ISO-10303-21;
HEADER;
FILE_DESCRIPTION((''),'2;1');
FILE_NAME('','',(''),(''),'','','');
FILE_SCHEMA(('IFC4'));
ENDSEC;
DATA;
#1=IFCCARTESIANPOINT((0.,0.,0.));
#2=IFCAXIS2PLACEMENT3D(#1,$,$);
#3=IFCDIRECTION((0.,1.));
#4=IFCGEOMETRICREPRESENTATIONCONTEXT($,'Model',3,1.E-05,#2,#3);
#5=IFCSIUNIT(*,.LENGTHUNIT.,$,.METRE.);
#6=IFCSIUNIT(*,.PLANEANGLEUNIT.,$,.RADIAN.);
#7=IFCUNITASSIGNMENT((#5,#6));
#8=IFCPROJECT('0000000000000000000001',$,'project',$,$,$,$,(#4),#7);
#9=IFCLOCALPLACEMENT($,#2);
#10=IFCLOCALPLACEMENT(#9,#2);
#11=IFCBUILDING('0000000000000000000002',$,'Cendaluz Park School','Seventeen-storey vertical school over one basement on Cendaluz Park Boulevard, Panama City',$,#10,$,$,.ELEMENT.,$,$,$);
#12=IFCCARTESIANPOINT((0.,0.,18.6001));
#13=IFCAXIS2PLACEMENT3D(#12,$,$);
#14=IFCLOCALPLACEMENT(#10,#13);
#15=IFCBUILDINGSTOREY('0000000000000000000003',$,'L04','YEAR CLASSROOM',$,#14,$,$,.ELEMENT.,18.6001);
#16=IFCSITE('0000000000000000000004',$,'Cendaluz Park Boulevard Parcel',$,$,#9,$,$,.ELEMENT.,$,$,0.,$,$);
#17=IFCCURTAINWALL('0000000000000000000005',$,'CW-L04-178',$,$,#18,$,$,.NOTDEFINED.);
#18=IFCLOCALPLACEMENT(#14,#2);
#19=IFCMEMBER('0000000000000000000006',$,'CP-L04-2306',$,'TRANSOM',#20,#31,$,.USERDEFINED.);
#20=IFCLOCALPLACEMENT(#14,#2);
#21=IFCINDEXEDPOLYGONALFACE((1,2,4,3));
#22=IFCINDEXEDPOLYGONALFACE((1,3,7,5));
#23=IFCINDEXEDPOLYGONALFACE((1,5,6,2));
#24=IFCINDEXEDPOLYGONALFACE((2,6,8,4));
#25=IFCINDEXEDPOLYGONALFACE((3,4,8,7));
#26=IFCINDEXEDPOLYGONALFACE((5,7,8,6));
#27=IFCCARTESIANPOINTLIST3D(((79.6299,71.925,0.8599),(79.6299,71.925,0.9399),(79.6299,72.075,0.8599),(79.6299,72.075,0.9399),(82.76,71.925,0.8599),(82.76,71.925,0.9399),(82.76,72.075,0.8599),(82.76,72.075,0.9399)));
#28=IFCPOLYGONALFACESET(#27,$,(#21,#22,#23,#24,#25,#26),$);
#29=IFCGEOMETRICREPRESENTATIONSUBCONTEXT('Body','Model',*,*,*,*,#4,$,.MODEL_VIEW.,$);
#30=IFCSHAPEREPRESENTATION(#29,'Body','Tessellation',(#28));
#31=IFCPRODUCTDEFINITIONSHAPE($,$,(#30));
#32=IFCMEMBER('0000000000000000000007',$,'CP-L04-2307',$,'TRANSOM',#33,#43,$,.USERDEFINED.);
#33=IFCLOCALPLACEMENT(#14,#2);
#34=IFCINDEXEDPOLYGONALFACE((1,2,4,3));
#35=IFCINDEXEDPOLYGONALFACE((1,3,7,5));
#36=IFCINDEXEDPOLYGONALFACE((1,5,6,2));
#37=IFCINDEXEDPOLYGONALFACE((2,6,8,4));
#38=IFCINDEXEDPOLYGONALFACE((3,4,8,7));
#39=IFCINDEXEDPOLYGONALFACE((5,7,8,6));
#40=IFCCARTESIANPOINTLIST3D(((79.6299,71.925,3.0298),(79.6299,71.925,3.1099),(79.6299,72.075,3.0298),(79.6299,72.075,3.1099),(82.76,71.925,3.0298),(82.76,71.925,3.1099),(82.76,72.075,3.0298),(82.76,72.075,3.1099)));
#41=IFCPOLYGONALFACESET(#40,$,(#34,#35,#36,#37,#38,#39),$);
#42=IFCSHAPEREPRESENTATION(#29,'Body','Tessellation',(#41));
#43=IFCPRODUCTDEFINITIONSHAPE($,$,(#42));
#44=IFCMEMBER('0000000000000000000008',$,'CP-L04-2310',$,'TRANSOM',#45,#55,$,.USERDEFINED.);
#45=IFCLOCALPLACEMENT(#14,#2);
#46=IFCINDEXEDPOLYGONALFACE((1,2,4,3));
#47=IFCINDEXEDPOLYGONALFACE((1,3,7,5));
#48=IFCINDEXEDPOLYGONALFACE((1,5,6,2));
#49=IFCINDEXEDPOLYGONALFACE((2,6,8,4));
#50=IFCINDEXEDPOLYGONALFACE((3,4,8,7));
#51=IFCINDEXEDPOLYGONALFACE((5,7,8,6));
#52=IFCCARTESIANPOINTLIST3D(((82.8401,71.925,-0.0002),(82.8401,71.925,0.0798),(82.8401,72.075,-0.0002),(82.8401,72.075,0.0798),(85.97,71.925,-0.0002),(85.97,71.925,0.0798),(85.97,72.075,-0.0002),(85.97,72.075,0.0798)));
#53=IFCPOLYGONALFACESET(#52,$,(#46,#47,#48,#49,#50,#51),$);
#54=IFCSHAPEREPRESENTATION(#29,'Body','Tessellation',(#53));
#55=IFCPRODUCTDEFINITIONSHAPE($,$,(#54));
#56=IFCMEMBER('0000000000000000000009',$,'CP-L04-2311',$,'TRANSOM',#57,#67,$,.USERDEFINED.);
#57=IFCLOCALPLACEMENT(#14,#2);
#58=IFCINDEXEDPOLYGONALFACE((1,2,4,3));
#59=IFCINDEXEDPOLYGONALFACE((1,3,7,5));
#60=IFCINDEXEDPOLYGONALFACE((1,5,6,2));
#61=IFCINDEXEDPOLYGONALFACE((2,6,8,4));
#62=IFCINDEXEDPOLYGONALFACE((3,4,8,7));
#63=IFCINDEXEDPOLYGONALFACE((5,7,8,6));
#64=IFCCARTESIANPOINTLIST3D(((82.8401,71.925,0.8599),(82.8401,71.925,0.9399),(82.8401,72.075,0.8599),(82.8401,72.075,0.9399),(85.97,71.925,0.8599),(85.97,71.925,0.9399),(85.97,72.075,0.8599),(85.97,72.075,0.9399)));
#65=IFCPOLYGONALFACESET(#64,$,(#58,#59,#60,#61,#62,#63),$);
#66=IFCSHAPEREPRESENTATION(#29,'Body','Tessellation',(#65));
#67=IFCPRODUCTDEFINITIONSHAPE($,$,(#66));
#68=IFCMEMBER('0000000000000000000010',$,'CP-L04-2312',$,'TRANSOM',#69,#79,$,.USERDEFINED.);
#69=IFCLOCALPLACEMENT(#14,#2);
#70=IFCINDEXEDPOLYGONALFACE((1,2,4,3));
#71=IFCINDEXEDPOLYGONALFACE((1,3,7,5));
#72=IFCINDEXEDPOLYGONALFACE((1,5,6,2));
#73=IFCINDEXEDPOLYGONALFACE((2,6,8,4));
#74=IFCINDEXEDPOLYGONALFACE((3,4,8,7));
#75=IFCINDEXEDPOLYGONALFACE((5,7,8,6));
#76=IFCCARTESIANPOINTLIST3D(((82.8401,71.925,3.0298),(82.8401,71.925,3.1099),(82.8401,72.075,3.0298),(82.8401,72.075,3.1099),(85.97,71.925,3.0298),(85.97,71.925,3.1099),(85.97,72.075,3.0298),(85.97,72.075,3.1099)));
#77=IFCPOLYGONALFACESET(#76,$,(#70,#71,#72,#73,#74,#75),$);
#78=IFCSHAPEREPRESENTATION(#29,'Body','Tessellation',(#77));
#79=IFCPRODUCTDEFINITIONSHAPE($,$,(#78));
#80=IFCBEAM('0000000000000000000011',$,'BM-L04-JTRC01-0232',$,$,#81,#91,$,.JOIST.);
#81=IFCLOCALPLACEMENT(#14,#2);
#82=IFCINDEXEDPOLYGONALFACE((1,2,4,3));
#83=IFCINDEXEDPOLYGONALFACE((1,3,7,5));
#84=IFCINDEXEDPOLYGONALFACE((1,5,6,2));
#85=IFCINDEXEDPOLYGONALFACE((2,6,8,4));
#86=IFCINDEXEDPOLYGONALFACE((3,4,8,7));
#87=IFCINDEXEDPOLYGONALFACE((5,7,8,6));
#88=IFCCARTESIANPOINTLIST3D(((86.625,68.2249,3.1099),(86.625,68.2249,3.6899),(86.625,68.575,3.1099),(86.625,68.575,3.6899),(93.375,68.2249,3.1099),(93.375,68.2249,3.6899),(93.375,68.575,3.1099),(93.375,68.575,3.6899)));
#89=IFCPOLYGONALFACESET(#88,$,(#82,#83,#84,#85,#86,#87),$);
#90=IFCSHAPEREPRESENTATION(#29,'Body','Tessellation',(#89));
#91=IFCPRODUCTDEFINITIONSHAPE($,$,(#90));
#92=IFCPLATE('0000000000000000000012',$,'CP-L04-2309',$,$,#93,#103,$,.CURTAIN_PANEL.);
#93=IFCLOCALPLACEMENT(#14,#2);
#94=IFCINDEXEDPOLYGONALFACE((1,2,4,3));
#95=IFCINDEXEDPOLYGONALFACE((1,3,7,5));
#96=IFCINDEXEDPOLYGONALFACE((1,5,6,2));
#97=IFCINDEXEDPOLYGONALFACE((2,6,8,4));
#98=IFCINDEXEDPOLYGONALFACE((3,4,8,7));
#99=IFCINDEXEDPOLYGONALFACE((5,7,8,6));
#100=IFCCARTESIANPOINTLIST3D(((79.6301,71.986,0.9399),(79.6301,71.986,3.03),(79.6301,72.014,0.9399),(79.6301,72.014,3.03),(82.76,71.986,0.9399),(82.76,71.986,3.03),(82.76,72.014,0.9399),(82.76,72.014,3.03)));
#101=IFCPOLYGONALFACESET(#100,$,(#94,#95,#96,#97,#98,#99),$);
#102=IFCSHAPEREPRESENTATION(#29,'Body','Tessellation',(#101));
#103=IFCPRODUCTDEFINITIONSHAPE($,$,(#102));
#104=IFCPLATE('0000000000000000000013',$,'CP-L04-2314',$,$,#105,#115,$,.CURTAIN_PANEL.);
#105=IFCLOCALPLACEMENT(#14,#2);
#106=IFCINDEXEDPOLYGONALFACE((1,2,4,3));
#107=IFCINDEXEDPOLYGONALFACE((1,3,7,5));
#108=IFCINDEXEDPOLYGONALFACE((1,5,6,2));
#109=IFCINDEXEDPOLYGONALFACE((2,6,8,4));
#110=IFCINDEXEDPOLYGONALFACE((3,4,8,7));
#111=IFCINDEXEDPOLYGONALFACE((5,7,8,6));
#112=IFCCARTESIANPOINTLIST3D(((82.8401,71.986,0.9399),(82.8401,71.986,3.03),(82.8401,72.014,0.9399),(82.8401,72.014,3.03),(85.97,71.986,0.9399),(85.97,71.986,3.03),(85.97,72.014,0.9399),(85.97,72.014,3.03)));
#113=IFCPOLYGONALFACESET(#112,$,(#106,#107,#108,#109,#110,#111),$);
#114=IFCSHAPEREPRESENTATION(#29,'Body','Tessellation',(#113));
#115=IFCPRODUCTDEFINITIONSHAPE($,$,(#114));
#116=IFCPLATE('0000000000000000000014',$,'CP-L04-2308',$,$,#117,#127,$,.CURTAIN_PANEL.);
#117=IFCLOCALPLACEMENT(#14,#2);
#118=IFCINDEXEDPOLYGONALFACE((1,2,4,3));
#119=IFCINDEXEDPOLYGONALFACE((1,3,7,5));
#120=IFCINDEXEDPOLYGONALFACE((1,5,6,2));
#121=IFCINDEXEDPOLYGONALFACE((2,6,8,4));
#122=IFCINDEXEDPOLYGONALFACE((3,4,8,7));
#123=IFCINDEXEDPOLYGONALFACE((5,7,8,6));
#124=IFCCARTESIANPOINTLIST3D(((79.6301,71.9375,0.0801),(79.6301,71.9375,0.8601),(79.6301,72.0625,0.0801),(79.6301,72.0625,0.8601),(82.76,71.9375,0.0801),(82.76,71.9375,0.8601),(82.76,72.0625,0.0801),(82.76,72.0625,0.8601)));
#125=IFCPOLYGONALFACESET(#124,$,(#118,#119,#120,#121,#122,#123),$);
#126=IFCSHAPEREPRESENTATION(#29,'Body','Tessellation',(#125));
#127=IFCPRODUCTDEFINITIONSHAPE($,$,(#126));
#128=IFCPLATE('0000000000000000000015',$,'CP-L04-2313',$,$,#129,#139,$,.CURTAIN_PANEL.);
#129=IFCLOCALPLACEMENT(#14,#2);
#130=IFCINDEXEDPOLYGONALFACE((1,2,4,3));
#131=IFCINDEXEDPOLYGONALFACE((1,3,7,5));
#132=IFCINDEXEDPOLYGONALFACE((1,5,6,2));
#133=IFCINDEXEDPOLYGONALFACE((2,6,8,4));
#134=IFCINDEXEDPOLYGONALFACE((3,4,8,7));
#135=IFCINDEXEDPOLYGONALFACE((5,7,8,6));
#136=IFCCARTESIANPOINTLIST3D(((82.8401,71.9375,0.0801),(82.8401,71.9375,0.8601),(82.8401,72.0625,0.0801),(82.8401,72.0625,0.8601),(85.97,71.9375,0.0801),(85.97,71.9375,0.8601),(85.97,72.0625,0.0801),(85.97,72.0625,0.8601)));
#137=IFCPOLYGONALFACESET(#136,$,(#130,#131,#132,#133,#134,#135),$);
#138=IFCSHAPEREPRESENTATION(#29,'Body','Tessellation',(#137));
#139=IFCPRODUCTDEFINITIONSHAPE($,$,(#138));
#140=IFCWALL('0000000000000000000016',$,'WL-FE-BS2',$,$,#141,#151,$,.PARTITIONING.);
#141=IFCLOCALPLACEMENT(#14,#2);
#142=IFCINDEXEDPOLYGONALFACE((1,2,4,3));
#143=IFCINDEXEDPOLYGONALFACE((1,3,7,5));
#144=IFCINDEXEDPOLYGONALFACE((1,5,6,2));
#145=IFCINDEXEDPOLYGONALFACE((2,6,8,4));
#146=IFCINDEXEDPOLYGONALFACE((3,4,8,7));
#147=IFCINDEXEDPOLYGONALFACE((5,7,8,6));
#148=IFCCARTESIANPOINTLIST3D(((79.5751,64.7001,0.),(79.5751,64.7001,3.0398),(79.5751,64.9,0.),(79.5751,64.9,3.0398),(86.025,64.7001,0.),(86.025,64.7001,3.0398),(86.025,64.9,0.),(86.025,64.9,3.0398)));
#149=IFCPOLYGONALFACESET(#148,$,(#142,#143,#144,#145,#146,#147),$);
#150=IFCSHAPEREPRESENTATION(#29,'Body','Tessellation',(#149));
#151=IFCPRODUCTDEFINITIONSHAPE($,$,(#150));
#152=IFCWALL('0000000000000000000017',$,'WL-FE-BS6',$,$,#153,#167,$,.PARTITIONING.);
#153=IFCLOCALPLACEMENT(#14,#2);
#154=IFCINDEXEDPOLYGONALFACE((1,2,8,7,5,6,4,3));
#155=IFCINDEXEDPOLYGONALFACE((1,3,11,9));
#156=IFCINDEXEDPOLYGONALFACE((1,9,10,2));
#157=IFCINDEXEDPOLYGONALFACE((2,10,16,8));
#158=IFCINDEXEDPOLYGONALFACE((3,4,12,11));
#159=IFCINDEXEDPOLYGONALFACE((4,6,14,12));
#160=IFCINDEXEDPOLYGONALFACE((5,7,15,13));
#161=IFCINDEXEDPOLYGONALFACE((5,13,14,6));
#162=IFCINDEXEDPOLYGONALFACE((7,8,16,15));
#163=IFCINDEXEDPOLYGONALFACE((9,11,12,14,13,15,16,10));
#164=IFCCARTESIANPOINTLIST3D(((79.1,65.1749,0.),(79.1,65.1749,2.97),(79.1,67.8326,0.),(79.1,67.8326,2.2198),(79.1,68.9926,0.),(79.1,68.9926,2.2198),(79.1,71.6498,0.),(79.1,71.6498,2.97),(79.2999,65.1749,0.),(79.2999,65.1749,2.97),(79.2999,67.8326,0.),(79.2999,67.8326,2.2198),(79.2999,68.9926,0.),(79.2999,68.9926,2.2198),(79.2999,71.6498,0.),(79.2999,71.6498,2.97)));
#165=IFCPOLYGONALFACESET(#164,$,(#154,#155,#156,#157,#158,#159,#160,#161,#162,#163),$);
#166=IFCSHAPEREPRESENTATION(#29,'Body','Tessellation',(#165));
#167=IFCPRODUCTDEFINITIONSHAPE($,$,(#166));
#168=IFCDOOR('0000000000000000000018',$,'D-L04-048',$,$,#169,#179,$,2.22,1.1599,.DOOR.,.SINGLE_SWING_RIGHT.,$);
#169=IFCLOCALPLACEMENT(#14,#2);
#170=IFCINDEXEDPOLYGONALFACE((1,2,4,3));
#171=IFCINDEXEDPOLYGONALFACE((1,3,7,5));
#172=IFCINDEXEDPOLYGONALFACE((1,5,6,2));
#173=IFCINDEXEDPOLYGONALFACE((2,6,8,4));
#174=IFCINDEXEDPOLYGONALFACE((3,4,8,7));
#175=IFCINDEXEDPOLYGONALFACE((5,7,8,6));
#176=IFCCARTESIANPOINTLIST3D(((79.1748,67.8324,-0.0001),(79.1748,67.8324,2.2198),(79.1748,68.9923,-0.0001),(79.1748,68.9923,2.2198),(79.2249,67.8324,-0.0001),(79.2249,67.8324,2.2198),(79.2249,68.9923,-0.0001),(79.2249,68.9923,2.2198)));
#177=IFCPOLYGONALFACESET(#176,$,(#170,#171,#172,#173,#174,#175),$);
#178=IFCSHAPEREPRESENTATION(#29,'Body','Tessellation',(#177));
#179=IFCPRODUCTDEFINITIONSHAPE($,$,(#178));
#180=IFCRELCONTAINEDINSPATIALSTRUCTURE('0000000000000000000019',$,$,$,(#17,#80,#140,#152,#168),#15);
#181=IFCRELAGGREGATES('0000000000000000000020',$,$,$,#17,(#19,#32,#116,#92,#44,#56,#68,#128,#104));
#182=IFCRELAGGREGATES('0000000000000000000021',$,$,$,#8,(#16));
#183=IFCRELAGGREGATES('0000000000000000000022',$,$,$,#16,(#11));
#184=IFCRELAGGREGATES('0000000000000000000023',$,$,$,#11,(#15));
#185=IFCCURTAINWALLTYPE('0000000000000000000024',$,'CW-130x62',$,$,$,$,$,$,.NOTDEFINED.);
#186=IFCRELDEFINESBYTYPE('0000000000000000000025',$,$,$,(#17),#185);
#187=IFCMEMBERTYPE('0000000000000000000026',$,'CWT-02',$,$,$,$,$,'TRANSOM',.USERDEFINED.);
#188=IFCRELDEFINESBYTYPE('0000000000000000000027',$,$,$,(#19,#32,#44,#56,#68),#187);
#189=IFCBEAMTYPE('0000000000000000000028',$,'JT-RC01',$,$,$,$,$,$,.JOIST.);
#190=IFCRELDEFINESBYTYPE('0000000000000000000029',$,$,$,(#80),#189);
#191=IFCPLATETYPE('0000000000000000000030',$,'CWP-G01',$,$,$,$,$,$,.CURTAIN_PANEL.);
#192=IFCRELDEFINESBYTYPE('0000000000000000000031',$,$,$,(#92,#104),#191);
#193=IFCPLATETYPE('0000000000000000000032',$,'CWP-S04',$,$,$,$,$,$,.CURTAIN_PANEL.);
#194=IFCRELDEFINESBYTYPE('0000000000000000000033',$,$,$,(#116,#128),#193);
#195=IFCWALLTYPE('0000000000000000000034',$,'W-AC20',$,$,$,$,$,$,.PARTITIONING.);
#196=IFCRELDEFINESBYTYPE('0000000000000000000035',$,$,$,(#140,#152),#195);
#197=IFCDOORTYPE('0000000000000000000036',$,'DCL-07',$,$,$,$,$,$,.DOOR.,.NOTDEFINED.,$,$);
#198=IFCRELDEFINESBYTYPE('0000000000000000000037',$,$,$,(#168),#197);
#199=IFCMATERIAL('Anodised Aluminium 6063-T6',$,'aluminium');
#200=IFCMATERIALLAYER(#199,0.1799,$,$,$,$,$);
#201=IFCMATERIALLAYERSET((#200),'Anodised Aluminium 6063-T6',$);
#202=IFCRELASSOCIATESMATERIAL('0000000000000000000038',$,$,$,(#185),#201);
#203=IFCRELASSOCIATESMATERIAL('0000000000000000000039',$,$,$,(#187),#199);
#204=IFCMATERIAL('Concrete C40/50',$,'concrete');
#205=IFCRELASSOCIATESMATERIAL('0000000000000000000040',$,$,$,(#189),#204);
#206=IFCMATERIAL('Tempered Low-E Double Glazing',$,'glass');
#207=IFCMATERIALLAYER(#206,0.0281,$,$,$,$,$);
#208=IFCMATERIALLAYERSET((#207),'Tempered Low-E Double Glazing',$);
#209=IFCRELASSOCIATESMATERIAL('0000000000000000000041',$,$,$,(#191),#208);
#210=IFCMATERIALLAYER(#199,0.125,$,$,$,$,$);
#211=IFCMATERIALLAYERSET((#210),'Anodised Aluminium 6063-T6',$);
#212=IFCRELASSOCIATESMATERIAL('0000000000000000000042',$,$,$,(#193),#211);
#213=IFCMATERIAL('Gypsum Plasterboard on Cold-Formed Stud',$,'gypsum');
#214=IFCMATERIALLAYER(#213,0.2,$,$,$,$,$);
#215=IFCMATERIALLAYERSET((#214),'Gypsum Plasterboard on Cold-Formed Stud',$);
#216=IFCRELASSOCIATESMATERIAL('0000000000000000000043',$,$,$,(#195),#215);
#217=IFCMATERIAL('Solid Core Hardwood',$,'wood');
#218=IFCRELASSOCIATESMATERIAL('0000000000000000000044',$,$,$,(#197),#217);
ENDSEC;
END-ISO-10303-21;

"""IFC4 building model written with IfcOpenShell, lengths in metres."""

from ifc_helpers import new_model, si_unit, direction, frame, frame_2d, origin, origin_2d, place, context, subcontext, project, spatial, rectangle, extrude, material, layer, layer_set, material_profile, profile_set, type_object, element, fill, aggregate, save


model = new_model("IFC4")

# Units and contexts
model_context = context("Model", 3, precision=1e-05, world=origin(), true_north=direction((0.0, 1.0)))
body_context = subcontext(model_context, "Body", "Model", "MODEL_VIEW")
ifc_project = project(units=[si_unit("LENGTHUNIT", "METRE"), si_unit("PLANEANGLEUNIT", "RADIAN")], contexts=[model_context])

# Site, building, storey
site_placement = place(None, origin())
site = spatial("IfcSite", under=ifc_project, at=site_placement, Name="Cendaluz Park Boulevard Parcel", CompositionType="ELEMENT", RefElevation=0.0)
building_placement = place(site_placement, origin())
building = spatial("IfcBuilding", under=site, at=building_placement, Name="Cendaluz Park School", Description="Seventeen-storey vertical school over one basement on Cendaluz Park Boulevard, Panama City", CompositionType="ELEMENT")
storey_placement = place(building_placement, frame((0.0, 0.0, 18.6001)))
storey = spatial("IfcBuildingStorey", under=building, at=storey_placement, Name="L04", Description="YEAR CLASSROOM", CompositionType="ELEMENT", Elevation=18.6001)

# Shared definitions
ifc_material_1 = material(Name="Concrete C40/50", Category="concrete")

# Curtain wall, members
ifc_material_2 = material(Name="Anodised Aluminium 6063-T6", Category="aluminium")
ifc_layer_1 = layer(ifc_material_2, 0.1799)
ifc_layer_set_1 = layer_set([ifc_layer_1], Name="Anodised Aluminium 6063-T6")
curtain_wall_type = type_object("IfcCurtainWallType", Name="CW-130x62", PredefinedType="NOTDEFINED", material=ifc_layer_set_1)
curtain_wall_placement = place(storey_placement, origin())
curtain_wall = element("IfcCurtainWall", 1, at=curtain_wall_placement, inside=storey, type_object=curtain_wall_type, Name="CW-L04-178", PredefinedType="NOTDEFINED")
ifc_material_profile_1 = material_profile(ifc_material_2, rectangle(XDim=0.1499, YDim=0.0801, at=origin_2d()), Name="CWT 150x80", Category="aluminium")
ifc_profile_set_1 = profile_set([ifc_material_profile_1], Name="Anodised Aluminium 6063-T6")
member_type_1 = type_object("IfcMemberType", Name="CWT-02", ElementType="TRANSOM", PredefinedType="USERDEFINED", material=ifc_profile_set_1)
member_1_placement = place(storey_placement, frame((79.6299, 72.0, 0.8999), z_axis=(1.0, 0.0, 0.0), x_axis=(0.0, 1.0, 0.0)))
member_1 = element("IfcMember", 2, at=member_1_placement, type_object=member_type_1, Name="CP-L04-2306", ObjectType="TRANSOM", PredefinedType="USERDEFINED", context=body_context, shape_type="SweptSolid", body=[
    extrude(rectangle(XDim=0.1499, YDim=0.0801, at=origin_2d()), origin(), (0.0, 0.0, 1.0), 3.1301),
])
member_2_placement = place(storey_placement, frame((79.6299, 72.0, 3.0698), z_axis=(1.0, 0.0, 0.0), x_axis=(0.0, 1.0, 0.0)))
member_2 = element("IfcMember", 3, at=member_2_placement, type_object=member_type_1, Name="CP-L04-2307", ObjectType="TRANSOM", PredefinedType="USERDEFINED", context=body_context, shape_type="SweptSolid", body=[
    extrude(rectangle(XDim=0.1499, YDim=0.0801, at=origin_2d()), origin(), (0.0, 0.0, 1.0), 3.1301),
])
member_3_placement = place(storey_placement, frame((82.8401, 72.0, 0.0398), z_axis=(1.0, 0.0, 0.0), x_axis=(0.0, 1.0, 0.0)))
member_3 = element("IfcMember", 4, at=member_3_placement, type_object=member_type_1, Name="CP-L04-2310", ObjectType="TRANSOM", PredefinedType="USERDEFINED", context=body_context, shape_type="SweptSolid", body=[
    extrude(rectangle(XDim=0.1499, YDim=0.0801, at=origin_2d()), origin(), (0.0, 0.0, 1.0), 3.1299),
])
member_4_placement = place(storey_placement, frame((82.8401, 72.0, 0.8999), z_axis=(1.0, 0.0, 0.0), x_axis=(0.0, 1.0, 0.0)))
member_4 = element("IfcMember", 5, at=member_4_placement, type_object=member_type_1, Name="CP-L04-2311", ObjectType="TRANSOM", PredefinedType="USERDEFINED", context=body_context, shape_type="SweptSolid", body=[
    extrude(rectangle(XDim=0.1499, YDim=0.0801, at=origin_2d()), origin(), (0.0, 0.0, 1.0), 3.1299),
])
member_5_placement = place(storey_placement, frame((82.8401, 72.0, 3.0698), z_axis=(1.0, 0.0, 0.0), x_axis=(0.0, 1.0, 0.0)))
member_5 = element("IfcMember", 6, at=member_5_placement, type_object=member_type_1, Name="CP-L04-2312", ObjectType="TRANSOM", PredefinedType="USERDEFINED", context=body_context, shape_type="SweptSolid", body=[
    extrude(rectangle(XDim=0.1499, YDim=0.0801, at=origin_2d()), origin(), (0.0, 0.0, 1.0), 3.1299),
])

# Beam
ifc_material_profile_2 = material_profile(ifc_material_1, rectangle(XDim=0.3501, YDim=0.5801, at=origin_2d()), Name="RC 350x580", Category="concrete")
ifc_profile_set_2 = profile_set([ifc_material_profile_2], Name="Concrete C40/50")
beam_type_1 = type_object("IfcBeamType", Name="JT-RC01", PredefinedType="JOIST", material=ifc_profile_set_2)
beam_1_placement = place(storey_placement, frame((86.625, 68.3999, 3.3999), z_axis=(1.0, 0.0, 0.0), x_axis=(0.0, 1.0, 0.0)))
element("IfcBeam", 7, at=beam_1_placement, inside=storey, type_object=beam_type_1, Name="BM-L04-JTRC01-0232", PredefinedType="JOIST", context=body_context, shape_type="SweptSolid", body=[
    extrude(rectangle(XDim=0.3501, YDim=0.5801, at=origin_2d()), origin(), (0.0, 0.0, 1.0), 6.75),
])

# Plates
ifc_material_3 = material(Name="Tempered Low-E Double Glazing", Category="glass")
ifc_layer_2 = layer(ifc_material_3, 0.0281)
ifc_layer_set_2 = layer_set([ifc_layer_2], Name="Tempered Low-E Double Glazing")
plate_type_1 = type_object("IfcPlateType", Name="CWP-G01", PredefinedType="CURTAIN_PANEL", material=ifc_layer_set_2)
plate_1_placement = place(storey_placement, frame((81.1951, 72.0, 0.9399), z_axis=(0.0, 0.0, 1.0), x_axis=(1.0, 0.0, 0.0)))
plate_1 = element("IfcPlate", 8, at=plate_1_placement, type_object=plate_type_1, Name="CP-L04-2309", PredefinedType="CURTAIN_PANEL", context=body_context, shape_type="SweptSolid", body=[
    extrude(rectangle(XDim=3.1299, YDim=0.0281, at=origin_2d()), origin(), (0.0, 0.0, 1.0), 2.0901),
])
plate_2_placement = place(storey_placement, frame((84.405, 72.0, 0.9399), z_axis=(0.0, 0.0, 1.0), x_axis=(1.0, 0.0, 0.0)))
plate_2 = element("IfcPlate", 9, at=plate_2_placement, type_object=plate_type_1, Name="CP-L04-2314", PredefinedType="CURTAIN_PANEL", context=body_context, shape_type="SweptSolid", body=[
    extrude(rectangle(XDim=3.1299, YDim=0.0281, at=origin_2d()), origin(), (0.0, 0.0, 1.0), 2.0901),
])
ifc_layer_3 = layer(ifc_material_2, 0.125)
ifc_layer_set_3 = layer_set([ifc_layer_3], Name="Anodised Aluminium 6063-T6")
plate_type_2 = type_object("IfcPlateType", Name="CWP-S04", PredefinedType="CURTAIN_PANEL", material=ifc_layer_set_3)
plate_3_placement = place(storey_placement, frame((81.1951, 72.0, 0.0801), z_axis=(0.0, 0.0, 1.0), x_axis=(1.0, 0.0, 0.0)))
plate_3 = element("IfcPlate", 10, at=plate_3_placement, type_object=plate_type_2, Name="CP-L04-2308", PredefinedType="CURTAIN_PANEL", context=body_context, shape_type="SweptSolid", body=[
    extrude(rectangle(XDim=3.1299, YDim=0.125, at=origin_2d()), origin(), (0.0, 0.0, 1.0), 0.78),
])
plate_4_placement = place(storey_placement, frame((84.405, 72.0, 0.0801), z_axis=(0.0, 0.0, 1.0), x_axis=(1.0, 0.0, 0.0)))
plate_4 = element("IfcPlate", 11, at=plate_4_placement, type_object=plate_type_2, Name="CP-L04-2313", PredefinedType="CURTAIN_PANEL", context=body_context, shape_type="SweptSolid", body=[
    extrude(rectangle(XDim=3.1299, YDim=0.125, at=origin_2d()), origin(), (0.0, 0.0, 1.0), 0.78),
])
aggregate(curtain_wall, [member_1, member_2, plate_3, plate_1, member_3, member_4, member_5, plate_4, plate_2])

# Wall
ifc_material_4 = material(Name="Gypsum Plasterboard on Cold-Formed Stud", Category="gypsum")
ifc_layer_4 = layer(ifc_material_4, 0.2)
ifc_layer_set_4 = layer_set([ifc_layer_4], Name="Gypsum Plasterboard on Cold-Formed Stud")
wall_type_1 = type_object("IfcWallType", Name="W-AC20", PredefinedType="PARTITIONING", material=ifc_layer_set_4)
wall_1_placement = place(storey_placement, frame((79.575, 64.8, 0.0), z_axis=(0.0, 0.0, 1.0), x_axis=(1.0, 0.0, 0.0)))
element("IfcWall", 12, at=wall_1_placement, inside=storey, type_object=wall_type_1, Name="WL-FE-BS2", PredefinedType="PARTITIONING", context=body_context, shape_type="SweptSolid", body=[
    extrude(rectangle(XDim=6.45, YDim=0.2, at=frame_2d((3.2251, 0.0))), origin(), (0.0, 0.0, 1.0), 3.0398),
])

# Wall, opening, door
wall_2_placement = place(storey_placement, frame((79.2, 65.175, 0.0), z_axis=(0.0, 0.0, 1.0), x_axis=(0.0, 1.0, 0.0)))
wall_2 = element("IfcWall", 13, at=wall_2_placement, inside=storey, type_object=wall_type_1, Name="WL-FE-BS6", PredefinedType="PARTITIONING", context=body_context, shape_type="SweptSolid", body=[
    extrude(rectangle(XDim=6.4749, YDim=0.2, at=frame_2d((3.2373, 0.0))), origin(), (0.0, 0.0, 1.0), 2.97),
])
opening_1_placement = place(wall_2_placement, frame((2.6575, 0.0, 0.0)))
opening_1 = element("IfcOpeningElement", 14, at=opening_1_placement, cuts=wall_2, PredefinedType="OPENING", context=body_context, shape_type="SweptSolid", body=[
    extrude(rectangle(XDim=1.1599, YDim=2.22, at=frame_2d((0.5801, 1.1099))), frame((0.0, 0.1121, 0.0), z_axis=(0.0, -1.0, 0.0), x_axis=(1.0, 0.0, 0.0)), (0.0, 0.0, 1.0), 0.2239),
])
ifc_material_5 = material(Name="Solid Core Hardwood", Category="wood")
door_type = type_object("IfcDoorType", Name="DCL-07", OperationType="NOTDEFINED", PredefinedType="DOOR", material=ifc_material_5)
door_placement = place(opening_1_placement, frame((1.1599, 0.0, 0.0), z_axis=(0.0, 0.0, 1.0), x_axis=(-1.0, 0.0, 0.0)))
door = element("IfcDoor", 15, at=door_placement, inside=storey, type_object=door_type, Name="D-L04-048", OperationType="SINGLE_SWING_RIGHT", OverallHeight=2.22, OverallWidth=1.1599, PredefinedType="DOOR", context=body_context, shape_type="SweptSolid", body=[
    extrude(rectangle(XDim=1.1599, YDim=2.22, at=frame_2d((0.5801, 1.1099))), frame((0.0, 0.0249, 0.0), z_axis=(0.0, -1.0, 0.0), x_axis=(1.0, 0.0, 0.0)), (0.0, 0.0, 1.0), 0.05),
])
fill(opening_1, door)

save(model, "model.ifc")
